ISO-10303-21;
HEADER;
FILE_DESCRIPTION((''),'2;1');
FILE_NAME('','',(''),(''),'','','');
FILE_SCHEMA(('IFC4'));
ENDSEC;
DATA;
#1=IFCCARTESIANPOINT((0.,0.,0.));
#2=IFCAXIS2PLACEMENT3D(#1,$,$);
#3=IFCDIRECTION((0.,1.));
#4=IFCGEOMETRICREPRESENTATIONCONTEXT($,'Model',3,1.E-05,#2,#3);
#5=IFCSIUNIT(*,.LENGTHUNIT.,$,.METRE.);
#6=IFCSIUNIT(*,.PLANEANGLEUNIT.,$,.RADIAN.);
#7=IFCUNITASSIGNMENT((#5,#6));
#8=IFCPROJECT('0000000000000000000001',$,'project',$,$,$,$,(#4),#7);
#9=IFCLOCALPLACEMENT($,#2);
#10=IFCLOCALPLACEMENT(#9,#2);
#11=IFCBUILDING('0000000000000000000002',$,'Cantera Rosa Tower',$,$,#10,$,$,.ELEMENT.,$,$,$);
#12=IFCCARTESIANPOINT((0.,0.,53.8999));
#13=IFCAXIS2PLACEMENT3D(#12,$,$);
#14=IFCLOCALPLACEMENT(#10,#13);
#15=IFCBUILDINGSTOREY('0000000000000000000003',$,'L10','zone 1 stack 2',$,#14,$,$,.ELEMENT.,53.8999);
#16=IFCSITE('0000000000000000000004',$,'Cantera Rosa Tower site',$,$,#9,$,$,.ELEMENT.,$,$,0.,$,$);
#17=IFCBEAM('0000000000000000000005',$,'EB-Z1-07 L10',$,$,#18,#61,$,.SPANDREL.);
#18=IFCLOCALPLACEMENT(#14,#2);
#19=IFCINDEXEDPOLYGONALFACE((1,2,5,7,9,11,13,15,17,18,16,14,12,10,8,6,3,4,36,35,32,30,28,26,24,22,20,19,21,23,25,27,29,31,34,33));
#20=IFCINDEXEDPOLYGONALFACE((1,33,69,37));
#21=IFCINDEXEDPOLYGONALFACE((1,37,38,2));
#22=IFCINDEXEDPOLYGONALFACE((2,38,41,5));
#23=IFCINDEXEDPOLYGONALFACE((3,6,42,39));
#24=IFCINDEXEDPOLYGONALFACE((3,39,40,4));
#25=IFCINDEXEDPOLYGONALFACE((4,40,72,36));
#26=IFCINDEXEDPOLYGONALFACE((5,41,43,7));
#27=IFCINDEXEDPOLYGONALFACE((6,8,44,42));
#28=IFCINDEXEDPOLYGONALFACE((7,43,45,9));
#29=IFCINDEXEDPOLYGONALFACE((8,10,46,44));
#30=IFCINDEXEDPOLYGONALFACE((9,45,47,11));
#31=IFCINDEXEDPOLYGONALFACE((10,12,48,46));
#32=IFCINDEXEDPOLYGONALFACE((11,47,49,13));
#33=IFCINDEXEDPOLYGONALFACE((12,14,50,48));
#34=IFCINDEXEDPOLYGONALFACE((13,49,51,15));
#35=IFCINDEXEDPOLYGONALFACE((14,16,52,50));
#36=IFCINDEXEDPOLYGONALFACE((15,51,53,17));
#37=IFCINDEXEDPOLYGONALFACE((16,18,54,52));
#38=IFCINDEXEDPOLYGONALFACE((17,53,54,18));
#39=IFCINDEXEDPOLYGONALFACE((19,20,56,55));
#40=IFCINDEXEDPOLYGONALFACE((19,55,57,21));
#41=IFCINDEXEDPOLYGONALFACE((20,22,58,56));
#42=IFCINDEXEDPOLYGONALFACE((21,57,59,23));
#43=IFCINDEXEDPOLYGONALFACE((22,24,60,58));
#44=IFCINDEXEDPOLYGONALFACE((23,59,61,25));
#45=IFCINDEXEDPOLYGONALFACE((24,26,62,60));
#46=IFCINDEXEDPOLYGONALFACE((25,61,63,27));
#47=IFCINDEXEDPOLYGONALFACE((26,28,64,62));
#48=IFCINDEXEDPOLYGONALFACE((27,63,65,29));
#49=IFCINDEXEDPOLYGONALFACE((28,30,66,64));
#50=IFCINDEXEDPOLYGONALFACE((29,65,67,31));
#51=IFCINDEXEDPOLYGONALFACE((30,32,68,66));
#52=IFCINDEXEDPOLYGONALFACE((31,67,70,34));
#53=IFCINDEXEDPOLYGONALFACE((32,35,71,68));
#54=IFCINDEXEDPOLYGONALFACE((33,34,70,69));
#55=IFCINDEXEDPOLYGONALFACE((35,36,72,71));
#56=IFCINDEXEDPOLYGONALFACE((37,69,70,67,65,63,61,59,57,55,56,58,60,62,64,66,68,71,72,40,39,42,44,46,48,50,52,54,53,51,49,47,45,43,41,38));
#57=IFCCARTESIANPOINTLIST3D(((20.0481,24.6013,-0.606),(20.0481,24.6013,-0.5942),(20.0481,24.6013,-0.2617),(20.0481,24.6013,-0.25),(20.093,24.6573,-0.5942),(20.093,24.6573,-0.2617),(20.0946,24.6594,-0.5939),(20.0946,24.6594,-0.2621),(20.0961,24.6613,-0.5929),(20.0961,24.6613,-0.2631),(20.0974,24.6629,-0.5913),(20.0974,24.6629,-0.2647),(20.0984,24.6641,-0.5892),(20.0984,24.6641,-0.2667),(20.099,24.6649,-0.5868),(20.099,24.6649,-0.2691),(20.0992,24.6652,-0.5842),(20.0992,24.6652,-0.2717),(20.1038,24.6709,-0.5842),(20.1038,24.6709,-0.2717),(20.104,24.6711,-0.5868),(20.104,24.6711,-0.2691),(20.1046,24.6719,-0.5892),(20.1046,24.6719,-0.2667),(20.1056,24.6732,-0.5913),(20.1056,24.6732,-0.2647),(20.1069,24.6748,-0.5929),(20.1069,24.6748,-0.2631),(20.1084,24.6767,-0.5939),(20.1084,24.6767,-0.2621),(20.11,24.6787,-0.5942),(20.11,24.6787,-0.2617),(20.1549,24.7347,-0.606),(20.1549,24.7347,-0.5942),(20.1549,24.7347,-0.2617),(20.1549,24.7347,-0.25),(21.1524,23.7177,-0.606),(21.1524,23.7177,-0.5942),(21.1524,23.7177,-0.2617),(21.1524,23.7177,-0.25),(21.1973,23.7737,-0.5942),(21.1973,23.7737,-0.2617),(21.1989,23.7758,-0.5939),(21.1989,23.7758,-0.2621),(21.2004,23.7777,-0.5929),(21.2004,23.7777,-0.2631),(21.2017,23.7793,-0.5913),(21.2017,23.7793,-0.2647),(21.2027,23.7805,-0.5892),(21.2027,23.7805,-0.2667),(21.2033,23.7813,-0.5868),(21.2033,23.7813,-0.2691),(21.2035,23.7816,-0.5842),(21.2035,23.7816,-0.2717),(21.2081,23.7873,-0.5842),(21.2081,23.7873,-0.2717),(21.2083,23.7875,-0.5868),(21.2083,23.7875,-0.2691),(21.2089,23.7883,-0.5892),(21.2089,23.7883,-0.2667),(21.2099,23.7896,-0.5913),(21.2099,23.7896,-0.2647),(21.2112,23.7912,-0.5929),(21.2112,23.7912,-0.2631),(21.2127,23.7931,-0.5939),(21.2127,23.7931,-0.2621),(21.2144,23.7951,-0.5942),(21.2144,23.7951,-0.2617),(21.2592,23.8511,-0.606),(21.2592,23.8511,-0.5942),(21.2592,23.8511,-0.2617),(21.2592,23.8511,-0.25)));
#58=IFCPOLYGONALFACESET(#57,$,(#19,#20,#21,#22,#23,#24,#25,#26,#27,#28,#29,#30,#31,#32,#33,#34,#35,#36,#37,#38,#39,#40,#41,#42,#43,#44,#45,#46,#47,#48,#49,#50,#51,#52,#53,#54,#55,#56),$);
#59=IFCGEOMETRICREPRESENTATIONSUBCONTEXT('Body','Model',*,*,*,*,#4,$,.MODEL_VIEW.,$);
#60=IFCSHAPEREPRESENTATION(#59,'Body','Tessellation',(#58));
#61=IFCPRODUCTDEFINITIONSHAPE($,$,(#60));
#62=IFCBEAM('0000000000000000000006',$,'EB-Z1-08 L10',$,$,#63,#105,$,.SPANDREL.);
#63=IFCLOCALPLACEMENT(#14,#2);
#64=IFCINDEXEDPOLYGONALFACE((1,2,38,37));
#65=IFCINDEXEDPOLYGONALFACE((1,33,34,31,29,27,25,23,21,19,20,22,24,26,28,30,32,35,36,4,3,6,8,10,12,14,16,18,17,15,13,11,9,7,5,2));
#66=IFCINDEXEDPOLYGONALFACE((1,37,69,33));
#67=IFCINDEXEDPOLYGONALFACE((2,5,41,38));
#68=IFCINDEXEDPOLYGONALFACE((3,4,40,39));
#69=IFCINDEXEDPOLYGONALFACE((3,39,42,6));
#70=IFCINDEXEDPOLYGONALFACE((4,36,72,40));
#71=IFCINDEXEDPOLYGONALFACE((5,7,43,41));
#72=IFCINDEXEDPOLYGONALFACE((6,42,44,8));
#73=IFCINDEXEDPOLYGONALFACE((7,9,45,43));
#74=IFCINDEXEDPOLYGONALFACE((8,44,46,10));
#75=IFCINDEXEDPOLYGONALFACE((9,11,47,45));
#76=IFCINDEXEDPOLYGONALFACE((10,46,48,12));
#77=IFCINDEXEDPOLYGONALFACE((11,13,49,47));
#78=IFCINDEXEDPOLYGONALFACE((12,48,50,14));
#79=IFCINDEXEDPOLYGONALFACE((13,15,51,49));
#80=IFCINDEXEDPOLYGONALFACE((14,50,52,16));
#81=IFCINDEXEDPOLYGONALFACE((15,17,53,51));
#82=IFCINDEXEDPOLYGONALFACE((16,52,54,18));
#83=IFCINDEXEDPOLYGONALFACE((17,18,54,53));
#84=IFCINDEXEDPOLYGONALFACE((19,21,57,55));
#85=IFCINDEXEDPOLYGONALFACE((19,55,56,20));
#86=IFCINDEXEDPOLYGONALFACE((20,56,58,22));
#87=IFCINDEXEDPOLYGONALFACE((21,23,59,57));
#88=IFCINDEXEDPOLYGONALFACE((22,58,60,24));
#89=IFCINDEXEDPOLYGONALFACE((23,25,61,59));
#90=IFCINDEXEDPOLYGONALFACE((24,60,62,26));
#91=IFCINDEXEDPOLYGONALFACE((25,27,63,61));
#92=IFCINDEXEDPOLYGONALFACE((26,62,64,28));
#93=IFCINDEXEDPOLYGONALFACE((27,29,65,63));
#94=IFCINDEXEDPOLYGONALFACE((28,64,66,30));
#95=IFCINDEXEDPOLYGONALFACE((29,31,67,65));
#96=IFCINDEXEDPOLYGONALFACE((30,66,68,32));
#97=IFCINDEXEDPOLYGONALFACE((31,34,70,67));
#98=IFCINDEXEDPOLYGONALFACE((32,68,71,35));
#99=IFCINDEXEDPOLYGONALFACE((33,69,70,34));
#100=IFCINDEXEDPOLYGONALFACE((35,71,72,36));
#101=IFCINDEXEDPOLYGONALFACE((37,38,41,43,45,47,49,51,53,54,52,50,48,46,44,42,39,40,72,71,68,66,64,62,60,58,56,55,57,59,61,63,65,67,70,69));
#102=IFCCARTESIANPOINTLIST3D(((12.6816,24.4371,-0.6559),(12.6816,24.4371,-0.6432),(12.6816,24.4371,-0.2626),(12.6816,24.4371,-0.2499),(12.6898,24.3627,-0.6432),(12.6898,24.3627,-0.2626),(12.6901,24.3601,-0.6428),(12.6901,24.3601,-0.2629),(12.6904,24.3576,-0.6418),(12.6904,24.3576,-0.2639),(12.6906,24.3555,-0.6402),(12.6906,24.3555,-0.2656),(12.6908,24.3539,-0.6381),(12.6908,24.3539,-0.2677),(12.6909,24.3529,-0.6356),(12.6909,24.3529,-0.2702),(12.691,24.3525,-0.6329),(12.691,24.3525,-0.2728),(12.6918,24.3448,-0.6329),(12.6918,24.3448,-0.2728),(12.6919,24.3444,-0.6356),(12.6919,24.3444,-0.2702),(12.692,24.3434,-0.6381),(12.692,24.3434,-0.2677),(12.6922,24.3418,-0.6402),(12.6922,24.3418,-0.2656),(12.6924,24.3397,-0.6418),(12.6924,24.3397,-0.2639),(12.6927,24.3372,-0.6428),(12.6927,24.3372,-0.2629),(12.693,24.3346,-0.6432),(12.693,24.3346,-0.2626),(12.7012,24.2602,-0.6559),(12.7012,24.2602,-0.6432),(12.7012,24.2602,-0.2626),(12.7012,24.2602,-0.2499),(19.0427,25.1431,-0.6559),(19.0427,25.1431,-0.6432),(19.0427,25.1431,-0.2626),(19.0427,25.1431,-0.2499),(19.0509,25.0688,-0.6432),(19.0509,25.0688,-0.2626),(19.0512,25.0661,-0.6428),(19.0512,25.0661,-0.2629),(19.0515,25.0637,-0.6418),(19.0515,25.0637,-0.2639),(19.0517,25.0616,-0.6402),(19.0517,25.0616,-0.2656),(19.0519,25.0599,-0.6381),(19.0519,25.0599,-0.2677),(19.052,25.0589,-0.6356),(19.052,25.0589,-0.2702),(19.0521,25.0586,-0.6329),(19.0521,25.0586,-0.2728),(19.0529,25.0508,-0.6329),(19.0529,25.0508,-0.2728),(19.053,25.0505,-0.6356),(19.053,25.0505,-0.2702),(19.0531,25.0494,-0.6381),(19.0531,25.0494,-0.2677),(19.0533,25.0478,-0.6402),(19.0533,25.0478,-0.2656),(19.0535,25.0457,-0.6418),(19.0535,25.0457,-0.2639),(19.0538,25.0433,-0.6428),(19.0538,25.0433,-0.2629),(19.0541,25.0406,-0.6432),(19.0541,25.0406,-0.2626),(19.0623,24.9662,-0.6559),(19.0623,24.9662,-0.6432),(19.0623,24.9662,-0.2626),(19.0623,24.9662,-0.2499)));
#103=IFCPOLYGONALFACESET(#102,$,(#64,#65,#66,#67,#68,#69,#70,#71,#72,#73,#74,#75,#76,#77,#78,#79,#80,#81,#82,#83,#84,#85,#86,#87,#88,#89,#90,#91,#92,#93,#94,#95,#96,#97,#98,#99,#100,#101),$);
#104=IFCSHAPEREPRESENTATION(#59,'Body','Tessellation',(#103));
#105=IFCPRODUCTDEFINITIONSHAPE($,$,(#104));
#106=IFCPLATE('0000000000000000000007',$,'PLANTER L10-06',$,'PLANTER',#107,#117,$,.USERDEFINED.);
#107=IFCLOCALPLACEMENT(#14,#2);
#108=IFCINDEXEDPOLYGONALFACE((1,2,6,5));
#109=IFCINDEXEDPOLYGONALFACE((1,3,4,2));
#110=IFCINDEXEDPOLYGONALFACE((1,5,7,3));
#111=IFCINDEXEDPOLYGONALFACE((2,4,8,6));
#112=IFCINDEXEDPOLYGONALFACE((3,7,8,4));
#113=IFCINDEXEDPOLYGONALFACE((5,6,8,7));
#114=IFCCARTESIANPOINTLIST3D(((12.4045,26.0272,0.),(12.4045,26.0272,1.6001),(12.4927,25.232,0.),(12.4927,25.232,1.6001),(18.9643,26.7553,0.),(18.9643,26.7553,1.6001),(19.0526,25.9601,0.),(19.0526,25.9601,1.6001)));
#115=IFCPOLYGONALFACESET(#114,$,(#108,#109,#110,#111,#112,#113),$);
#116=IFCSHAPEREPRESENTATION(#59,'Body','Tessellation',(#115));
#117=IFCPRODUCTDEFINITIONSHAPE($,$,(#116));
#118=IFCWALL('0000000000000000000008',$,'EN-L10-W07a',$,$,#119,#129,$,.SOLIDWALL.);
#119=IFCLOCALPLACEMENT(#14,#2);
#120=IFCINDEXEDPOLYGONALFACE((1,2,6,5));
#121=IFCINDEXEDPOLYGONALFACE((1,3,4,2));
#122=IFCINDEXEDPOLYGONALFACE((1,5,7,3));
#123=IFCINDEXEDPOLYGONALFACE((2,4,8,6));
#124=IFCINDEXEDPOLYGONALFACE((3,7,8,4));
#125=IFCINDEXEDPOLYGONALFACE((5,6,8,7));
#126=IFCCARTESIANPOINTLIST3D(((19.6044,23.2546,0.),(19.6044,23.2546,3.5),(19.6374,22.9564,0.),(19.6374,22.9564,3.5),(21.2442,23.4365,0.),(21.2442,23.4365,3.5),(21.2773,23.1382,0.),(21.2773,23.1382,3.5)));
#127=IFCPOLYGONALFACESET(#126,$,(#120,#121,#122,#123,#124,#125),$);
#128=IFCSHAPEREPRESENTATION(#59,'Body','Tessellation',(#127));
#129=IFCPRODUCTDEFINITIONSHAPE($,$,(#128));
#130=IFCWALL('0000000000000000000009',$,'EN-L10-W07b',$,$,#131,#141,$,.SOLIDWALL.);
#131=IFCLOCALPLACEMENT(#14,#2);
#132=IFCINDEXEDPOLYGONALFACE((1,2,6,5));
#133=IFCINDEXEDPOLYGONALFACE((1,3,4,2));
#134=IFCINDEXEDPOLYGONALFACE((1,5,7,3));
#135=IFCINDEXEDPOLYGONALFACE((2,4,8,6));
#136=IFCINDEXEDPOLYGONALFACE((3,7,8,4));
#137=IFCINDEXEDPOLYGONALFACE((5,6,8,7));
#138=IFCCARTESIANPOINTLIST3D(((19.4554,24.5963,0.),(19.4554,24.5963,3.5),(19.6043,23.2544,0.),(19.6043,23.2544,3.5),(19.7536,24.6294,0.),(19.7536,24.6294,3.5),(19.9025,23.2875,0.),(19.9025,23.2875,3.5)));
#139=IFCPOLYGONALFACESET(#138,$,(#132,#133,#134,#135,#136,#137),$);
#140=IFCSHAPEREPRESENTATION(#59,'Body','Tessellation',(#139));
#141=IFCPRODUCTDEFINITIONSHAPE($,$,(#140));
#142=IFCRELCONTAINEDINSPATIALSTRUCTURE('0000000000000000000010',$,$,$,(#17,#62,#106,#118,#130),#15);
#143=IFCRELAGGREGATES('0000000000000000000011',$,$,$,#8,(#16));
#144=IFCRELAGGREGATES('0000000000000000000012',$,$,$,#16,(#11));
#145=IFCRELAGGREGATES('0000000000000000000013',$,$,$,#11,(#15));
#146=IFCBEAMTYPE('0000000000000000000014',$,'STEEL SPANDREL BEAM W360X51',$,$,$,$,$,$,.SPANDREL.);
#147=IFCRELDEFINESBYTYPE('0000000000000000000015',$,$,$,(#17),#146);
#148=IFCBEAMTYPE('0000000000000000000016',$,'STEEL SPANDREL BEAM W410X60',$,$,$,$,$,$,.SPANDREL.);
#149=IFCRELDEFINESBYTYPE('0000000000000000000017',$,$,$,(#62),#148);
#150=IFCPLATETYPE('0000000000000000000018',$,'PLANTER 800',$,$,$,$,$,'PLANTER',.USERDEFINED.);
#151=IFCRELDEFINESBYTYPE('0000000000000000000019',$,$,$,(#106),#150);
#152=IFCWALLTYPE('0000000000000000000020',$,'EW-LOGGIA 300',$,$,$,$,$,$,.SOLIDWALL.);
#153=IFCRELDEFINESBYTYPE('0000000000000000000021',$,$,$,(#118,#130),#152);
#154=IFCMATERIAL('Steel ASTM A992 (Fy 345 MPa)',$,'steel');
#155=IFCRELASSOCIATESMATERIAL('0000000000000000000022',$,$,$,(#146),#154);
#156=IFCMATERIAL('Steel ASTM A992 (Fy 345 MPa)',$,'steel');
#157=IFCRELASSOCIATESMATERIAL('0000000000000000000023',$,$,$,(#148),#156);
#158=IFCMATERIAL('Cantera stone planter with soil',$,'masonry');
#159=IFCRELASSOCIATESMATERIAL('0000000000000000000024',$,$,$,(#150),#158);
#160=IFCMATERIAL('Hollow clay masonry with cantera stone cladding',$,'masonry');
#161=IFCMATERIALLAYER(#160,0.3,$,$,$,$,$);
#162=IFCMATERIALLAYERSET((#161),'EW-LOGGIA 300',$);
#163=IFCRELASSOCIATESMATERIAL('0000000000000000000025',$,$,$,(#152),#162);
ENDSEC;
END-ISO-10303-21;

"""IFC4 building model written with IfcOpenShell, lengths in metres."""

from ifc_helpers import new_model, si_unit, direction, frame, frame_2d, origin, origin_2d, place, context, subcontext, project, spatial, rectangle, i_section, extrude, material, layer, layer_set, material_profile, profile_set, type_object, element, save


model = new_model("IFC4")

# Units and contexts
model_context = context("Model", 3, precision=1e-05, world=origin(), true_north=direction((0.0, 1.0)))
body_context = subcontext(model_context, "Body", "Model", "MODEL_VIEW")
ifc_project = project(units=[si_unit("LENGTHUNIT", "METRE"), si_unit("PLANEANGLEUNIT", "RADIAN")], contexts=[model_context])

# Site, building, storey
site_placement = place(None, origin())
site = spatial("IfcSite", under=ifc_project, at=site_placement, Name="Cantera Rosa Tower site", CompositionType="ELEMENT", RefElevation=0.0)
building_placement = place(site_placement, origin())
building = spatial("IfcBuilding", under=site, at=building_placement, Name="Cantera Rosa Tower", CompositionType="ELEMENT")
storey_placement = place(building_placement, frame((0.0, 0.0, 53.8999)))
storey = spatial("IfcBuildingStorey", under=building, at=storey_placement, Name="L10", Description="zone 1 stack 2", CompositionType="ELEMENT", Elevation=53.8999)

# Beams
ifc_material_1 = material(Name="Steel ASTM A992 (Fy 345 MPa)", Category="steel")
ifc_material_profile_1 = material_profile(ifc_material_1, i_section(OverallWidth=0.1709, OverallDepth=0.356, WebThickness=0.0073, FlangeThickness=0.0117, FilletRadius=0.01, at=origin_2d()), Name="W360X51")
ifc_profile_set_1 = profile_set([ifc_material_profile_1], Name="Steel ASTM A992 (Fy 345 MPa)")
beam_type_1 = type_object("IfcBeamType", Name="STEEL SPANDREL BEAM W360X51", PredefinedType="SPANDREL", material=ifc_profile_set_1)
for number, where, z_axis, x_axis, name in (
    (1, (21.2058, 23.7844, -0.428), (-0.780818, 0.624758, 0.0), (-0.624758, -0.780818, 0.0), "EB-Z1-07 L10"),
):
    element("IfcBeam", number, at=place(storey_placement, frame(where, z_axis=z_axis, x_axis=x_axis)), inside=storey, type_object=beam_type_1, Name=name, PredefinedType="SPANDREL", context=body_context, shape_type="SweptSolid", body=[
        extrude(i_section(OverallWidth=0.1709, OverallDepth=0.356, WebThickness=0.0073, FlangeThickness=0.0117, FilletRadius=0.01, at=origin_2d()), origin(), (0.0, 0.0, 1.0), 1.4143),
    ])
ifc_material_2 = material(Name="Steel ASTM A992 (Fy 345 MPa)", Category="steel")
ifc_material_profile_2 = material_profile(ifc_material_2, i_section(OverallWidth=0.178, OverallDepth=0.406, WebThickness=0.0078, FlangeThickness=0.0127, FilletRadius=0.0103, at=origin_2d()), Name="W410X60")
ifc_profile_set_2 = profile_set([ifc_material_profile_2], Name="Steel ASTM A992 (Fy 345 MPa)")
beam_type_2 = type_object("IfcBeamType", Name="STEEL SPANDREL BEAM W410X60", PredefinedType="SPANDREL", material=ifc_profile_set_2)
beam_1_placement = place(storey_placement, frame((19.0525, 25.0547, -0.4529), z_axis=(-0.993896, -0.110318, 0.0), x_axis=(0.110318, -0.993896, 0.0)))
element("IfcBeam", 2, at=beam_1_placement, inside=storey, type_object=beam_type_2, Name="EB-Z1-08 L10", PredefinedType="SPANDREL", context=body_context, shape_type="SweptSolid", body=[
    extrude(i_section(OverallWidth=0.178, OverallDepth=0.406, WebThickness=0.0078, FlangeThickness=0.0127, FilletRadius=0.0103, at=origin_2d()), origin(), (0.0, 0.0, 1.0), 6.4001),
])

# Plate
ifc_material_3 = material(Name="Cantera stone planter with soil", Category="masonry")
plate_type = type_object("IfcPlateType", Name="PLANTER 800", ElementType="PLANTER", PredefinedType="USERDEFINED", material=ifc_material_3)
plate_placement = place(storey_placement, frame((15.7285, 25.9937, 0.0), z_axis=(0.0, 0.0, 1.0), x_axis=(-0.993897, -0.110313, 0.0)))
element("IfcPlate", 3, at=plate_placement, inside=storey, type_object=plate_type, Name="PLANTER L10-06", ObjectType="PLANTER", PredefinedType="USERDEFINED", context=body_context, shape_type="SweptSolid", body=[
    extrude(rectangle(XDim=6.6001, YDim=0.8, at=origin_2d()), origin(), (0.0, 0.0, 1.0), 1.6001),
])

# Walls
ifc_material_4 = material(Name="Hollow clay masonry with cantera stone cladding", Category="masonry")
ifc_layer_1 = layer(ifc_material_4, 0.3)
ifc_layer_set_1 = layer_set([ifc_layer_1], Name="EW-LOGGIA 300")
wall_type_1 = type_object("IfcWallType", Name="EW-LOGGIA 300", PredefinedType="SOLIDWALL", material=ifc_layer_set_1)
wall_1_placement = place(storey_placement, frame((21.2607, 23.2874, 0.0), z_axis=(0.0, 0.0, 1.0), x_axis=(-0.993905, -0.110237, 0.0)))
element("IfcWall", 4, at=wall_1_placement, inside=storey, type_object=wall_type_1, Name="EN-L10-W07a", PredefinedType="SOLIDWALL", context=body_context, shape_type="SweptSolid", body=[
    extrude(rectangle(XDim=1.6499, YDim=0.3, at=frame_2d((0.825, 0.0))), origin(), (0.0, 0.0, 1.0), 3.5),
])
wall_2_placement = place(storey_placement, frame((19.7534, 23.271, 0.0), z_axis=(0.0, 0.0, 1.0), x_axis=(-0.110312, 0.993897, 0.0)))
element("IfcWall", 5, at=wall_2_placement, inside=storey, type_object=wall_type_1, Name="EN-L10-W07b", PredefinedType="SOLIDWALL", context=body_context, shape_type="SweptSolid", body=[
    extrude(rectangle(XDim=1.3501, YDim=0.3, at=frame_2d((0.675, 0.0))), origin(), (0.0, 0.0, 1.0), 3.5),
])

save(model, "model.ifc")
